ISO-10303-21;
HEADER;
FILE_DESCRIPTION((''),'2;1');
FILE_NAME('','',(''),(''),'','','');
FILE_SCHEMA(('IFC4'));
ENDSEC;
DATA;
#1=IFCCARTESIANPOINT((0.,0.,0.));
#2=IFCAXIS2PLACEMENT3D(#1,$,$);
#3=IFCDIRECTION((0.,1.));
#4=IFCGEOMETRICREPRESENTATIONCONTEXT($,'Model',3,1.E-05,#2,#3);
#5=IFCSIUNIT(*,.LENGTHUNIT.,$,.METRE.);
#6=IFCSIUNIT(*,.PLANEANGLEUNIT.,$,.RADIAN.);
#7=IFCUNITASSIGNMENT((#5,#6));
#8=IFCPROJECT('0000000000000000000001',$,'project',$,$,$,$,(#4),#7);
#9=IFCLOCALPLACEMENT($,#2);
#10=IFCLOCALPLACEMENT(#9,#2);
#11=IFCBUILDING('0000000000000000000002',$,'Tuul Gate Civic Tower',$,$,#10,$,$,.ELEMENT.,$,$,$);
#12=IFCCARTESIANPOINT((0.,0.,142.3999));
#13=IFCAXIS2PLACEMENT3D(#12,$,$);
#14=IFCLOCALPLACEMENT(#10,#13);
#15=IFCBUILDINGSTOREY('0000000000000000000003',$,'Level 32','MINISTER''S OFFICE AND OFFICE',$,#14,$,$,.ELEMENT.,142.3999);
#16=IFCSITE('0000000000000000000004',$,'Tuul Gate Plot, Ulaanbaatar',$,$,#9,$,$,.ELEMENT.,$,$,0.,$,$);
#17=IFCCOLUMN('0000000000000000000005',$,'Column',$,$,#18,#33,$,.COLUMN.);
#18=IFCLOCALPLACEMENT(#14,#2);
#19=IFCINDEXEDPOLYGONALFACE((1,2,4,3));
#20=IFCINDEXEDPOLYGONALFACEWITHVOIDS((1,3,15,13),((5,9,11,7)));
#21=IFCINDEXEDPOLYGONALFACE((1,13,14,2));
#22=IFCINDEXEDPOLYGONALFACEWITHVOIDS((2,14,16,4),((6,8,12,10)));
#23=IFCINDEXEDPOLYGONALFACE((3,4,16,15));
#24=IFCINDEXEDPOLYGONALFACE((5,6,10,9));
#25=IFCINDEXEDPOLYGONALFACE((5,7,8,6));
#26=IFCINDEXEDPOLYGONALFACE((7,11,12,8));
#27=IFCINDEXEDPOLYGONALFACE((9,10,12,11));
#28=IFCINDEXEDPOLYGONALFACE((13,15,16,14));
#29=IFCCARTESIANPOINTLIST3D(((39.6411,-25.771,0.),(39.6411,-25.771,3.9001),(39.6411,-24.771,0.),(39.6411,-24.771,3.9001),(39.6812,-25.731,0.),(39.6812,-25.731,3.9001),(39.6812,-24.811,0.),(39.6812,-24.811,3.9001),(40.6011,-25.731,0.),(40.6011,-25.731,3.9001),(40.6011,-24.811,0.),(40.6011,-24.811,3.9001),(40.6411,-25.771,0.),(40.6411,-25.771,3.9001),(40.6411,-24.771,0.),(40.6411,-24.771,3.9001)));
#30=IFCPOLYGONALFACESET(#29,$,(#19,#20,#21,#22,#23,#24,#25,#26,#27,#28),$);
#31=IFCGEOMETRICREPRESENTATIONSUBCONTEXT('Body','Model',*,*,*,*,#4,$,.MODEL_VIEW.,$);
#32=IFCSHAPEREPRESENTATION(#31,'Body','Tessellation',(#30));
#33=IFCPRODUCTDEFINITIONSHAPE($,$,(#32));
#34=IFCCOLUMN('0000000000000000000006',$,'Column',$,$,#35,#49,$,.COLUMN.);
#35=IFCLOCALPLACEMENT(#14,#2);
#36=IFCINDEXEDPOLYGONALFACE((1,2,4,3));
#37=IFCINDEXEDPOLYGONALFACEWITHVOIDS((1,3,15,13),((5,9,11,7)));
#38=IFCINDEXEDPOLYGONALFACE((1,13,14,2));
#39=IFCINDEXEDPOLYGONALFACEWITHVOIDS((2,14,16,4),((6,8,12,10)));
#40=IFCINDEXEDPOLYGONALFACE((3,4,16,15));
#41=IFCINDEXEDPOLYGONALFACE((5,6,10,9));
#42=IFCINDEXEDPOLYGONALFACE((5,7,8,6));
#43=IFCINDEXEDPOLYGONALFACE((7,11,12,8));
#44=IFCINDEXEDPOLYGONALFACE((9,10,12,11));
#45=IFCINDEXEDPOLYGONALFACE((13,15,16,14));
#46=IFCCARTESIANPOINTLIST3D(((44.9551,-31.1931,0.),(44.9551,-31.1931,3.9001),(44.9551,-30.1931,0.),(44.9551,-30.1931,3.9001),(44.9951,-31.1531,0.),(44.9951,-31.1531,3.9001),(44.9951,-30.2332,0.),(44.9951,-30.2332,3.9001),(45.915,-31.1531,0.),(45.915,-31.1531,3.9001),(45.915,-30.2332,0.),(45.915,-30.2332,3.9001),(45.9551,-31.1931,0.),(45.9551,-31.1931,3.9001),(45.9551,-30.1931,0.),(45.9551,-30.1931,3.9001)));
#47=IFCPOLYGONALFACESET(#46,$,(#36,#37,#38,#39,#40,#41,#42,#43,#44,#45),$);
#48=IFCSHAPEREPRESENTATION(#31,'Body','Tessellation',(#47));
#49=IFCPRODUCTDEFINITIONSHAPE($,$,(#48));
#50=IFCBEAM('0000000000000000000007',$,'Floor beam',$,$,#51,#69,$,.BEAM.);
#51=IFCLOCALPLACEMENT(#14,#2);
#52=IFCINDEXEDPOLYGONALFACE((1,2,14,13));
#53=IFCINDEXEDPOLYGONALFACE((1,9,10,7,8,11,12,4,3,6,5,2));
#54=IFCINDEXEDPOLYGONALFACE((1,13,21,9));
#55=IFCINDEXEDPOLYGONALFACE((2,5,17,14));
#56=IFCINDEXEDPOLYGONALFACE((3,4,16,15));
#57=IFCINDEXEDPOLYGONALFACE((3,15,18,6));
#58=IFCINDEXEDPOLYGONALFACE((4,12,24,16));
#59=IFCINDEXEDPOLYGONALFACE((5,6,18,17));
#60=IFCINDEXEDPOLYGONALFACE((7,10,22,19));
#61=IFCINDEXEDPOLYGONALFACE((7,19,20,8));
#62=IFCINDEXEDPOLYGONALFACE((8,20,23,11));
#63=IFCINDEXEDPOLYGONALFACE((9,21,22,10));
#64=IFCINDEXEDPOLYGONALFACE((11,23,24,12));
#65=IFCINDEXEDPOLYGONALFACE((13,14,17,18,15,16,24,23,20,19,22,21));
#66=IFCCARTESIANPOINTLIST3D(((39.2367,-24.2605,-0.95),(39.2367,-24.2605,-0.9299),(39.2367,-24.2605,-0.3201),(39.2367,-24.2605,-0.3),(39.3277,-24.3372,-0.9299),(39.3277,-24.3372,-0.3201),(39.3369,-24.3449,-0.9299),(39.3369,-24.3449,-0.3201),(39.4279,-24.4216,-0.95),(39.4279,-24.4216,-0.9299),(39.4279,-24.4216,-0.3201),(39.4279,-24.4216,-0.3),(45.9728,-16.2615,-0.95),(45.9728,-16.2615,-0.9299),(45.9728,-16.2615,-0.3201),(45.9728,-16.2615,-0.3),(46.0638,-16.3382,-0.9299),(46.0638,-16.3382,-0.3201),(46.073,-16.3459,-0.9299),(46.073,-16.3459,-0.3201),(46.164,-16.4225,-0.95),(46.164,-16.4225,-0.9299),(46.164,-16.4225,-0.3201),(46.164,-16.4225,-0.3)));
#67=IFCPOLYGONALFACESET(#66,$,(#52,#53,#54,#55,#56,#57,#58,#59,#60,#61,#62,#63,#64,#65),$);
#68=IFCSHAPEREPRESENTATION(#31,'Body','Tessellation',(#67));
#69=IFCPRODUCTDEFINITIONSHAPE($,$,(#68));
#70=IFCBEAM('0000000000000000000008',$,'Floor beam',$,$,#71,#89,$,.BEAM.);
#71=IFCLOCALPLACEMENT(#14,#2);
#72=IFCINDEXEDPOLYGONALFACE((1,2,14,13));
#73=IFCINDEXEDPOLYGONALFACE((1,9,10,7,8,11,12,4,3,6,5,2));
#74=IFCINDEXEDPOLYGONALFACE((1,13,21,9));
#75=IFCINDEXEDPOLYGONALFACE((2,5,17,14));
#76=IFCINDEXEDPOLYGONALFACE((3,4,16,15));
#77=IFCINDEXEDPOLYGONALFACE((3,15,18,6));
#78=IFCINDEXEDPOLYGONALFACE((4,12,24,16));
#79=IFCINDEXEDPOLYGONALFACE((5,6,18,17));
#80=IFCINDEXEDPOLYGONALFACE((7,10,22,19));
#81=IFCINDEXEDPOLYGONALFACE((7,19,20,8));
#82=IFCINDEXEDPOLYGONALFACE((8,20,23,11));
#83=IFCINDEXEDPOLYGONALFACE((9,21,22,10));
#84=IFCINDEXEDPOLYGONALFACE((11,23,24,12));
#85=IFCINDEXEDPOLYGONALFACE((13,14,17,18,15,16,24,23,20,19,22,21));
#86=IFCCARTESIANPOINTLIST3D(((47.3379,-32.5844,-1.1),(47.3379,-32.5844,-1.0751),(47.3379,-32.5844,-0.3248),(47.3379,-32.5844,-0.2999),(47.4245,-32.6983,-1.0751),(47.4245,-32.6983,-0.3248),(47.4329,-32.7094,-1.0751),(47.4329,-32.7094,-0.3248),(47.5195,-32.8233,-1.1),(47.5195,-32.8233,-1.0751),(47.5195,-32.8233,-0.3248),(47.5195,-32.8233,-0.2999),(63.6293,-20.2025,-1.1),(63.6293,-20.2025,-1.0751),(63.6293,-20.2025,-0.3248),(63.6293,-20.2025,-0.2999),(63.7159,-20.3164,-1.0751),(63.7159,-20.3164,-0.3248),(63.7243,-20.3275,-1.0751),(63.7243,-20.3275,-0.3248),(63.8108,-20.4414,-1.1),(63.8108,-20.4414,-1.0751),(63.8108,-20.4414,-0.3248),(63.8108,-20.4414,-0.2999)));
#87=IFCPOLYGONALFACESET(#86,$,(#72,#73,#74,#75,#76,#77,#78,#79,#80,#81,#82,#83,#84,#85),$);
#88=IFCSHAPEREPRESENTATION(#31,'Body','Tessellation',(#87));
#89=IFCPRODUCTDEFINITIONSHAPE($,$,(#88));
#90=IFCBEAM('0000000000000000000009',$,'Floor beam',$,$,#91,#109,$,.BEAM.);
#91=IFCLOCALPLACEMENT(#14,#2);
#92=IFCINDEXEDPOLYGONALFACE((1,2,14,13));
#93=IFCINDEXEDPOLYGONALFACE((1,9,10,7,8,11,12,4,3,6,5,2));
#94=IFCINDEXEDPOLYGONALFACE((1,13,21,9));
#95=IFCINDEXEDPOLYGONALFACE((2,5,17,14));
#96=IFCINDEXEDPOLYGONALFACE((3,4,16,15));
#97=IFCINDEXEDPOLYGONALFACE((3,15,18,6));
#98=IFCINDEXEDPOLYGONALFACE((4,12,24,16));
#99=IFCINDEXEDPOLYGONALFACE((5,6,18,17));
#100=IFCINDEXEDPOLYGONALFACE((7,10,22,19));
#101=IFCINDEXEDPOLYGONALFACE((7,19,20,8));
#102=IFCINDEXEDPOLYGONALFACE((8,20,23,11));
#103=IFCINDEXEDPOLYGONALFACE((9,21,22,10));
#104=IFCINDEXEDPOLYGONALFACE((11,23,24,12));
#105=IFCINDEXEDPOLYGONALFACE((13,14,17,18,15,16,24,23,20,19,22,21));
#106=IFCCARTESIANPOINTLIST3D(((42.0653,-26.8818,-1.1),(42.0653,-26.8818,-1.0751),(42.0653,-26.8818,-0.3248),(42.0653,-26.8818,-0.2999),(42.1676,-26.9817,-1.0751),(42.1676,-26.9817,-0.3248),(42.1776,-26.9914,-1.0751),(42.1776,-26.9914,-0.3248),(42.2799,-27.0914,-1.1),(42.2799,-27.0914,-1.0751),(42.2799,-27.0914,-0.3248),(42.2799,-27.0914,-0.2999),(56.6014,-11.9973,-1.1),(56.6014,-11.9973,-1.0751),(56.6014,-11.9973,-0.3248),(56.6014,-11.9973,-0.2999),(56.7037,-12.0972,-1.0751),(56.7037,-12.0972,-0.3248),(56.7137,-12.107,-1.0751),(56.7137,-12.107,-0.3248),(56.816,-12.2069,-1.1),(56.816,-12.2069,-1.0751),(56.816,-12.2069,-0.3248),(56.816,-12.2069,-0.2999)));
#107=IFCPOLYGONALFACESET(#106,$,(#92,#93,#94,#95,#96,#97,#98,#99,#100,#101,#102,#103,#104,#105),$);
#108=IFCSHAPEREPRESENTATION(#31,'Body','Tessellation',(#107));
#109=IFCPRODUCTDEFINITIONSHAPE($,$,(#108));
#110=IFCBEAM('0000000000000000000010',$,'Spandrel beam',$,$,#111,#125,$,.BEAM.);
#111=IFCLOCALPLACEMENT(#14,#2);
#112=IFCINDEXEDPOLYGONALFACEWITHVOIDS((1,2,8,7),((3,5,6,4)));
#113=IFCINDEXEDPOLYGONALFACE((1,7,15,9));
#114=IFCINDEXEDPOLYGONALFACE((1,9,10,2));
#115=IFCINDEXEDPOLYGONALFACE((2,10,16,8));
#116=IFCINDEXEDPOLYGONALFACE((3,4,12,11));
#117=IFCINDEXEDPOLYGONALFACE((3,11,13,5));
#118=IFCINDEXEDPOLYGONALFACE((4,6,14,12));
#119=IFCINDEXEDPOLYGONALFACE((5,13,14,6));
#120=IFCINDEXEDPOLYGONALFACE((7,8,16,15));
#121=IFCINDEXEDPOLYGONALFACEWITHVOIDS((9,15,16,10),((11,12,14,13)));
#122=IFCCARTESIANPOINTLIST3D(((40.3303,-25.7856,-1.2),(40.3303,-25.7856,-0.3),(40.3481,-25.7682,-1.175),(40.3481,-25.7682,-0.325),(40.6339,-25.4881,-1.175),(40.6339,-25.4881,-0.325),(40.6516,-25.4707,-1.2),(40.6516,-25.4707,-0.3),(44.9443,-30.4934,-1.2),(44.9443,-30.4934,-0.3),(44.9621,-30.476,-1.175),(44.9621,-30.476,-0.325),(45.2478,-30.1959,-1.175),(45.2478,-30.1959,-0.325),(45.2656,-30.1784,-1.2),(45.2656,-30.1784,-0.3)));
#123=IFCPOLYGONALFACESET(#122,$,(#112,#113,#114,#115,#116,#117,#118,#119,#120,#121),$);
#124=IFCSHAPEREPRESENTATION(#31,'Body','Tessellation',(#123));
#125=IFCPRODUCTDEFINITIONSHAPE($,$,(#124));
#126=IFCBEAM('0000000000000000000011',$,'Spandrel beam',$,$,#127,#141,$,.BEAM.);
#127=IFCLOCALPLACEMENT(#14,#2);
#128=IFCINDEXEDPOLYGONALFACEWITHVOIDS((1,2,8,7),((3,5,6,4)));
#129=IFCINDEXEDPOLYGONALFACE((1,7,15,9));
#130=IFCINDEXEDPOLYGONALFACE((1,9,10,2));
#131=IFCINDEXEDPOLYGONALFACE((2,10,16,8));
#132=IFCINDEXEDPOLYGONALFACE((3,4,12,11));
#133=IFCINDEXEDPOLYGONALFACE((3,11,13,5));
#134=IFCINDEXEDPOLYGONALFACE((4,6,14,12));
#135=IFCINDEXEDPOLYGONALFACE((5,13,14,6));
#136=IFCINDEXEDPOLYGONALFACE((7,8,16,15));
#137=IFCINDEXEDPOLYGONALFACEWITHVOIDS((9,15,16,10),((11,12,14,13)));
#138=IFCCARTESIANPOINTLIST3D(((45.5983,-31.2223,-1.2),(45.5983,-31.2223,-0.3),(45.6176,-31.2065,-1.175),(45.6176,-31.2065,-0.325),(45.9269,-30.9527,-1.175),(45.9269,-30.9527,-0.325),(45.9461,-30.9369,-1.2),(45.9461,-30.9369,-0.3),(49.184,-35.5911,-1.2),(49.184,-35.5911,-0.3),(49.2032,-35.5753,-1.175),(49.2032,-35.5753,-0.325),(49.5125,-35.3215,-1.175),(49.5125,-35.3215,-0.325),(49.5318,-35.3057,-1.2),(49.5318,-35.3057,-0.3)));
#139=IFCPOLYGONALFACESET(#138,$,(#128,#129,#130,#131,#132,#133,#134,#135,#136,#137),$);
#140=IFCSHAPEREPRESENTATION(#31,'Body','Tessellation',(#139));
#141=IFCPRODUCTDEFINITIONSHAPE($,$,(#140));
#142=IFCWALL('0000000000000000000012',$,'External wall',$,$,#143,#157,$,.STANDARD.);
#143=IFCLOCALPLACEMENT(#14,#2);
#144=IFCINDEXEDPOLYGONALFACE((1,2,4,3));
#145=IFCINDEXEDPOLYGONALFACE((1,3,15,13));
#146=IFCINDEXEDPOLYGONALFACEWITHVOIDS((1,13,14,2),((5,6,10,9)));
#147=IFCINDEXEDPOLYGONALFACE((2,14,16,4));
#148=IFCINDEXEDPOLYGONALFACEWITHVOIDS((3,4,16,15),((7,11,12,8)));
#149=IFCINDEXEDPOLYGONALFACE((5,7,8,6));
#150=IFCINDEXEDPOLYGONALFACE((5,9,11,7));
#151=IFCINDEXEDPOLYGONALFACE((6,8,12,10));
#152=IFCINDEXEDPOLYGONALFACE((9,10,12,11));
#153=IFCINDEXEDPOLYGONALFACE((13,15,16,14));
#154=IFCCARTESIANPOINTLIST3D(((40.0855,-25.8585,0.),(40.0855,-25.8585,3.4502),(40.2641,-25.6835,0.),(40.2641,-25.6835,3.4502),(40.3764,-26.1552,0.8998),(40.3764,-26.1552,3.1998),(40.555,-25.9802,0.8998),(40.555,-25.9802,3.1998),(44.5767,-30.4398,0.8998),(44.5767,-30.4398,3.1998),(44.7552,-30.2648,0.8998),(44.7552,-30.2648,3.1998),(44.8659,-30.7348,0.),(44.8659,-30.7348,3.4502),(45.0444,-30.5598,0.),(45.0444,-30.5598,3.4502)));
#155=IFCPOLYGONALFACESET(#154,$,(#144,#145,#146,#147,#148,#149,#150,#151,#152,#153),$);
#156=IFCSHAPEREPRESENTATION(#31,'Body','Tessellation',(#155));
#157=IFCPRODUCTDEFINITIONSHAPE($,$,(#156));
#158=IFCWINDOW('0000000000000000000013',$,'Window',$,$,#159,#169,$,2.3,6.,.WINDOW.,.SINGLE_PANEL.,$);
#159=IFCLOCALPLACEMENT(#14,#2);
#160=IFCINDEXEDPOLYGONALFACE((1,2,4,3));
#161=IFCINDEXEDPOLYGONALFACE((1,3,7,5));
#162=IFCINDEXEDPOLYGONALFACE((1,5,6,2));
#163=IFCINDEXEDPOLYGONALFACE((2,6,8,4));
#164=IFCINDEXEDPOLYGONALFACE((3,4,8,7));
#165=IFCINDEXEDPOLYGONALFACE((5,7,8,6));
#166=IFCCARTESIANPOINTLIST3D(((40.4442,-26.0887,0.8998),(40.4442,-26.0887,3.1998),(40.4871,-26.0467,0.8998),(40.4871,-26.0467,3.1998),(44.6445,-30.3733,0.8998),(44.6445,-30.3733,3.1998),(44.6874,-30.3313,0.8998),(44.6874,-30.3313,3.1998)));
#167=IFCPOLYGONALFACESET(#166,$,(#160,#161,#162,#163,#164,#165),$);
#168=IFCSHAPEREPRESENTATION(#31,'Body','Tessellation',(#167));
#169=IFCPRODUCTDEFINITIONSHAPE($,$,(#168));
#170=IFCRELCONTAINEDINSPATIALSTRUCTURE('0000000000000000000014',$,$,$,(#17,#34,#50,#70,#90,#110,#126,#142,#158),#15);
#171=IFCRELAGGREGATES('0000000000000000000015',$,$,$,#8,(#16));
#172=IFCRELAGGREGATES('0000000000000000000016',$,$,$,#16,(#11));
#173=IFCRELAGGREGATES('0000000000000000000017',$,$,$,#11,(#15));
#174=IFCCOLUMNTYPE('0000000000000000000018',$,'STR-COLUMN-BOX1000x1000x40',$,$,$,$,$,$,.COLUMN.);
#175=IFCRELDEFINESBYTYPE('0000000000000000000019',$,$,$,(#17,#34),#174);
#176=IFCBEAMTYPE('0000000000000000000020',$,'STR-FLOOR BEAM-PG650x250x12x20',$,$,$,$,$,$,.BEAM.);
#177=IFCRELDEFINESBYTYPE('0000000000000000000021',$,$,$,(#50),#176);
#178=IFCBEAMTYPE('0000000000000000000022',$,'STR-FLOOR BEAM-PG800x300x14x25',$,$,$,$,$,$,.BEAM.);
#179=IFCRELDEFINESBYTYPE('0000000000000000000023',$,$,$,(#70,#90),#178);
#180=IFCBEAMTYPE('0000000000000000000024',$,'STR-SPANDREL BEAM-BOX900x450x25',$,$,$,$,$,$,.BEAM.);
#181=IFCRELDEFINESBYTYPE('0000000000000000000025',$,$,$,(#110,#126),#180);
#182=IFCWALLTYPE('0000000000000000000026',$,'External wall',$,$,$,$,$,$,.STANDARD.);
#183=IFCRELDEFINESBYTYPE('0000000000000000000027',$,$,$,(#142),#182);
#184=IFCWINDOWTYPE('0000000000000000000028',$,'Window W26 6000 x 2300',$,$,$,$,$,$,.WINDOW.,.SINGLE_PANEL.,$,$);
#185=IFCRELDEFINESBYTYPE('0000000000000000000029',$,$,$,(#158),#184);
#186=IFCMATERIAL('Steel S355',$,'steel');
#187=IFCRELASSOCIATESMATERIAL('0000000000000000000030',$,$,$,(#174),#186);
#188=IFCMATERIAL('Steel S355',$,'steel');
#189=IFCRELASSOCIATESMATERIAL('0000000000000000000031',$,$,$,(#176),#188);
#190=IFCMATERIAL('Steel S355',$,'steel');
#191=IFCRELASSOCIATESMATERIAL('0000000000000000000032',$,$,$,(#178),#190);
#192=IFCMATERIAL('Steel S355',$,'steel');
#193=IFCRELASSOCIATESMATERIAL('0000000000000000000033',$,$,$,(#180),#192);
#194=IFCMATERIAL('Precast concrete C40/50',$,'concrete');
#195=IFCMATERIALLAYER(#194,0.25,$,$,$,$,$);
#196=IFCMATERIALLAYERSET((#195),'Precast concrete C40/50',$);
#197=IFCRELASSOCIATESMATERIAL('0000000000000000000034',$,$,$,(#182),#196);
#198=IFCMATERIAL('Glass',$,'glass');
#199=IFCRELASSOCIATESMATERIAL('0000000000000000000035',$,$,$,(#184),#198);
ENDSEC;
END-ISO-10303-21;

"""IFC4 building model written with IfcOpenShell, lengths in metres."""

from ifc_helpers import new_model, si_unit, direction, frame, frame_2d, origin, origin_2d, place, context, subcontext, project, spatial, rectangle, hollow_rectangle, i_section, extrude, material, layer, layer_set, material_profile, profile_set, type_object, element, fill, save


model = new_model("IFC4")

# Units and contexts
model_context = context("Model", 3, precision=1e-05, world=origin(), true_north=direction((0.0, 1.0)))
body_context = subcontext(model_context, "Body", "Model", "MODEL_VIEW")
ifc_project = project(units=[si_unit("LENGTHUNIT", "METRE"), si_unit("PLANEANGLEUNIT", "RADIAN")], contexts=[model_context])

# Site, building, storey
site_placement = place(None, origin())
site = spatial("IfcSite", under=ifc_project, at=site_placement, Name="Tuul Gate Plot, Ulaanbaatar", CompositionType="ELEMENT", RefElevation=0.0)
building_placement = place(site_placement, origin())
building = spatial("IfcBuilding", under=site, at=building_placement, Name="Tuul Gate Civic Tower", CompositionType="ELEMENT")
storey_placement = place(building_placement, frame((0.0, 0.0, 142.3999)))
storey = spatial("IfcBuildingStorey", under=building, at=storey_placement, Name="Level 32", Description="MINISTER'S OFFICE AND OFFICE", CompositionType="ELEMENT", Elevation=142.3999)

# Columns
ifc_material_1 = material(Name="Steel S355", Category="steel")
ifc_material_profile_1 = material_profile(ifc_material_1, hollow_rectangle(XDim=1.0, YDim=1.0, WallThickness=0.04, at=origin_2d()), Name="BOX1000x1000x40")
ifc_profile_set_1 = profile_set([ifc_material_profile_1], Name="Steel S355")
column_type = type_object("IfcColumnType", Name="STR-COLUMN-BOX1000x1000x40", PredefinedType="COLUMN", material=ifc_profile_set_1)
for number, where, z_axis, x_axis, name in (
    (1, (40.1411, -25.271, 0.0), (0.0, 0.0, 1.0), (1.0, 0.0, 0.0), "Column"),
    (2, (45.4551, -30.6931, 0.0), (0.0, 0.0, 1.0), (1.0, 0.0, 0.0), "Column"),
):
    element("IfcColumn", number, at=place(storey_placement, frame(where, z_axis=z_axis, x_axis=x_axis)), inside=storey, type_object=column_type, Name=name, PredefinedType="COLUMN", context=body_context, shape_type="SweptSolid", body=[
        extrude(hollow_rectangle(XDim=1.0, YDim=1.0, WallThickness=0.04, at=origin_2d()), origin(), (0.0, 0.0, 1.0), 3.9001),
    ])

# Beams
ifc_material_2 = material(Name="Steel S355", Category="steel")
ifc_material_profile_2 = material_profile(ifc_material_2, i_section(OverallWidth=0.25, OverallDepth=0.6499, WebThickness=0.012, FlangeThickness=0.02, at=origin_2d()), Name="PG650x250x12x20")
ifc_profile_set_2 = profile_set([ifc_material_profile_2], Name="Steel S355")
beam_type_1 = type_object("IfcBeamType", Name="STR-FLOOR BEAM-PG650x250x12x20", PredefinedType="BEAM", material=ifc_profile_set_2)
beam_1_placement = place(storey_placement, frame((39.3323, -24.3411, -0.625), z_axis=(0.644139, 0.764908, 0.0), x_axis=(-0.764908, 0.644139, 0.0)))
element("IfcBeam", 3, at=beam_1_placement, inside=storey, type_object=beam_type_1, Name="Floor beam", PredefinedType="BEAM", context=body_context, shape_type="SweptSolid", body=[
    extrude(i_section(OverallWidth=0.25, OverallDepth=0.6499, WebThickness=0.012, FlangeThickness=0.02, at=origin_2d()), origin(), (0.0, 0.0, 1.0), 10.4575),
])
ifc_material_3 = material(Name="Steel S355", Category="steel")
ifc_material_profile_3 = material_profile(ifc_material_3, i_section(OverallWidth=0.3, OverallDepth=0.8, WebThickness=0.0139, FlangeThickness=0.0249, at=origin_2d()), Name="PG800x300x14x25")
ifc_profile_set_3 = profile_set([ifc_material_profile_3], Name="Steel S355")
beam_type_2 = type_object("IfcBeamType", Name="STR-FLOOR BEAM-PG800x300x14x25", PredefinedType="BEAM", material=ifc_profile_set_3)
beam_2_placement = place(storey_placement, frame((47.4287, -32.7039, -0.7), z_axis=(0.796151, 0.605098, 0.0), x_axis=(-0.605098, 0.796151, 0.0)))
element("IfcBeam", 4, at=beam_2_placement, inside=storey, type_object=beam_type_2, Name="Floor beam", PredefinedType="BEAM", context=body_context, shape_type="SweptSolid", body=[
    extrude(i_section(OverallWidth=0.3, OverallDepth=0.8, WebThickness=0.0139, FlangeThickness=0.0249, at=origin_2d()), origin(), (0.0, 0.0, 1.0), 20.4626),
])
beam_3_placement = place(storey_placement, frame((42.1726, -26.9866, -0.7), z_axis=(0.698684, 0.71543, 0.0), x_axis=(-0.71543, 0.698684, 0.0)))
element("IfcBeam", 5, at=beam_3_placement, inside=storey, type_object=beam_type_2, Name="Floor beam", PredefinedType="BEAM", context=body_context, shape_type="SweptSolid", body=[
    extrude(i_section(OverallWidth=0.3, OverallDepth=0.8, WebThickness=0.0139, FlangeThickness=0.0249, at=origin_2d()), origin(), (0.0, 0.0, 1.0), 20.8049),
])
ifc_material_4 = material(Name="Steel S355", Category="steel")
ifc_material_profile_4 = material_profile(ifc_material_4, hollow_rectangle(XDim=0.45, YDim=0.8999, WallThickness=0.0249, at=origin_2d()), Name="BOX900x450x25")
ifc_profile_set_4 = profile_set([ifc_material_profile_4], Name="Steel S355")
beam_type_3 = type_object("IfcBeamType", Name="STR-SPANDREL BEAM-BOX900x450x25", PredefinedType="BEAM", material=ifc_profile_set_4)
beam_4_placement = place(storey_placement, frame((40.491, -25.6282, -0.75), z_axis=(0.69996, -0.714182, 0.0), x_axis=(0.714182, 0.69996, 0.0)))
element("IfcBeam", 6, at=beam_4_placement, inside=storey, type_object=beam_type_3, Name="Spandrel beam", PredefinedType="BEAM", context=body_context, shape_type="SweptSolid", body=[
    extrude(hollow_rectangle(XDim=0.45, YDim=0.8999, WallThickness=0.0249, at=origin_2d()), origin(), (0.0, 0.0, 1.0), 6.5918),
])
beam_5_placement = place(storey_placement, frame((45.7722, -31.0796, -0.75), z_axis=(0.634418, -0.77299, 0.0), x_axis=(0.77299, 0.634418, 0.0)))
element("IfcBeam", 7, at=beam_5_placement, inside=storey, type_object=beam_type_3, Name="Spandrel beam", PredefinedType="BEAM", context=body_context, shape_type="SweptSolid", body=[
    extrude(hollow_rectangle(XDim=0.45, YDim=0.8999, WallThickness=0.0249, at=origin_2d()), origin(), (0.0, 0.0, 1.0), 5.6519),
])

# Wall, opening, window
ifc_material_5 = material(Name="Precast concrete C40/50", Category="concrete")
ifc_layer_1 = layer(ifc_material_5, 0.25)
ifc_layer_set_1 = layer_set([ifc_layer_1], Name="Precast concrete C40/50")
wall_type_1 = type_object("IfcWallType", Name="External wall", PredefinedType="STANDARD", material=ifc_layer_set_1)
wall_1_placement = place(storey_placement, frame((40.1748, -25.771, 0.0), z_axis=(0.0, 0.0, 1.0), x_axis=(0.700046, -0.714097, 0.0)))
wall_1 = element("IfcWall", 8, at=wall_1_placement, inside=storey, type_object=wall_type_1, Name="External wall", PredefinedType="STANDARD", context=body_context, shape_type="SweptSolid", body=[
    extrude(rectangle(XDim=6.8286, YDim=0.25, at=frame_2d((3.4143, 0.0))), origin(), (0.0, 0.0, 1.0), 3.4502),
])
opening_1_placement = place(wall_1_placement, frame((0.4155, 0.0, 0.8999)))
opening_1 = element("IfcOpeningElement", 9, at=opening_1_placement, cuts=wall_1, PredefinedType="OPENING", context=body_context, shape_type="SweptSolid", body=[
    extrude(rectangle(XDim=6.0, YDim=2.3, at=frame_2d((3.0, 1.1499))), frame((0.0, 0.135, 0.0), z_axis=(0.0, -1.0, 0.0), x_axis=(1.0, 0.0, 0.0)), (0.0, 0.0, 1.0), 0.27),
])
ifc_material_6 = material(Name="Glass", Category="glass")
window_type_1 = type_object("IfcWindowType", Name="Window W26 6000 x 2300", PartitioningType="SINGLE_PANEL", PredefinedType="WINDOW", material=ifc_material_6)
window_1_placement = place(opening_1_placement, origin())
window_1 = element("IfcWindow", 10, at=window_1_placement, inside=storey, type_object=window_type_1, Name="Window", OverallHeight=2.3, OverallWidth=6.0, PartitioningType="SINGLE_PANEL", PredefinedType="WINDOW", context=body_context, shape_type="SweptSolid", body=[
    extrude(rectangle(XDim=6.0, YDim=2.3, at=frame_2d((3.0, 1.1499))), frame((0.0, 0.03, 0.0), z_axis=(0.0, -1.0, 0.0), x_axis=(1.0, 0.0, 0.0)), (0.0, 0.0, 1.0), 0.0601),
])
fill(opening_1, window_1)

save(model, "model.ifc")
